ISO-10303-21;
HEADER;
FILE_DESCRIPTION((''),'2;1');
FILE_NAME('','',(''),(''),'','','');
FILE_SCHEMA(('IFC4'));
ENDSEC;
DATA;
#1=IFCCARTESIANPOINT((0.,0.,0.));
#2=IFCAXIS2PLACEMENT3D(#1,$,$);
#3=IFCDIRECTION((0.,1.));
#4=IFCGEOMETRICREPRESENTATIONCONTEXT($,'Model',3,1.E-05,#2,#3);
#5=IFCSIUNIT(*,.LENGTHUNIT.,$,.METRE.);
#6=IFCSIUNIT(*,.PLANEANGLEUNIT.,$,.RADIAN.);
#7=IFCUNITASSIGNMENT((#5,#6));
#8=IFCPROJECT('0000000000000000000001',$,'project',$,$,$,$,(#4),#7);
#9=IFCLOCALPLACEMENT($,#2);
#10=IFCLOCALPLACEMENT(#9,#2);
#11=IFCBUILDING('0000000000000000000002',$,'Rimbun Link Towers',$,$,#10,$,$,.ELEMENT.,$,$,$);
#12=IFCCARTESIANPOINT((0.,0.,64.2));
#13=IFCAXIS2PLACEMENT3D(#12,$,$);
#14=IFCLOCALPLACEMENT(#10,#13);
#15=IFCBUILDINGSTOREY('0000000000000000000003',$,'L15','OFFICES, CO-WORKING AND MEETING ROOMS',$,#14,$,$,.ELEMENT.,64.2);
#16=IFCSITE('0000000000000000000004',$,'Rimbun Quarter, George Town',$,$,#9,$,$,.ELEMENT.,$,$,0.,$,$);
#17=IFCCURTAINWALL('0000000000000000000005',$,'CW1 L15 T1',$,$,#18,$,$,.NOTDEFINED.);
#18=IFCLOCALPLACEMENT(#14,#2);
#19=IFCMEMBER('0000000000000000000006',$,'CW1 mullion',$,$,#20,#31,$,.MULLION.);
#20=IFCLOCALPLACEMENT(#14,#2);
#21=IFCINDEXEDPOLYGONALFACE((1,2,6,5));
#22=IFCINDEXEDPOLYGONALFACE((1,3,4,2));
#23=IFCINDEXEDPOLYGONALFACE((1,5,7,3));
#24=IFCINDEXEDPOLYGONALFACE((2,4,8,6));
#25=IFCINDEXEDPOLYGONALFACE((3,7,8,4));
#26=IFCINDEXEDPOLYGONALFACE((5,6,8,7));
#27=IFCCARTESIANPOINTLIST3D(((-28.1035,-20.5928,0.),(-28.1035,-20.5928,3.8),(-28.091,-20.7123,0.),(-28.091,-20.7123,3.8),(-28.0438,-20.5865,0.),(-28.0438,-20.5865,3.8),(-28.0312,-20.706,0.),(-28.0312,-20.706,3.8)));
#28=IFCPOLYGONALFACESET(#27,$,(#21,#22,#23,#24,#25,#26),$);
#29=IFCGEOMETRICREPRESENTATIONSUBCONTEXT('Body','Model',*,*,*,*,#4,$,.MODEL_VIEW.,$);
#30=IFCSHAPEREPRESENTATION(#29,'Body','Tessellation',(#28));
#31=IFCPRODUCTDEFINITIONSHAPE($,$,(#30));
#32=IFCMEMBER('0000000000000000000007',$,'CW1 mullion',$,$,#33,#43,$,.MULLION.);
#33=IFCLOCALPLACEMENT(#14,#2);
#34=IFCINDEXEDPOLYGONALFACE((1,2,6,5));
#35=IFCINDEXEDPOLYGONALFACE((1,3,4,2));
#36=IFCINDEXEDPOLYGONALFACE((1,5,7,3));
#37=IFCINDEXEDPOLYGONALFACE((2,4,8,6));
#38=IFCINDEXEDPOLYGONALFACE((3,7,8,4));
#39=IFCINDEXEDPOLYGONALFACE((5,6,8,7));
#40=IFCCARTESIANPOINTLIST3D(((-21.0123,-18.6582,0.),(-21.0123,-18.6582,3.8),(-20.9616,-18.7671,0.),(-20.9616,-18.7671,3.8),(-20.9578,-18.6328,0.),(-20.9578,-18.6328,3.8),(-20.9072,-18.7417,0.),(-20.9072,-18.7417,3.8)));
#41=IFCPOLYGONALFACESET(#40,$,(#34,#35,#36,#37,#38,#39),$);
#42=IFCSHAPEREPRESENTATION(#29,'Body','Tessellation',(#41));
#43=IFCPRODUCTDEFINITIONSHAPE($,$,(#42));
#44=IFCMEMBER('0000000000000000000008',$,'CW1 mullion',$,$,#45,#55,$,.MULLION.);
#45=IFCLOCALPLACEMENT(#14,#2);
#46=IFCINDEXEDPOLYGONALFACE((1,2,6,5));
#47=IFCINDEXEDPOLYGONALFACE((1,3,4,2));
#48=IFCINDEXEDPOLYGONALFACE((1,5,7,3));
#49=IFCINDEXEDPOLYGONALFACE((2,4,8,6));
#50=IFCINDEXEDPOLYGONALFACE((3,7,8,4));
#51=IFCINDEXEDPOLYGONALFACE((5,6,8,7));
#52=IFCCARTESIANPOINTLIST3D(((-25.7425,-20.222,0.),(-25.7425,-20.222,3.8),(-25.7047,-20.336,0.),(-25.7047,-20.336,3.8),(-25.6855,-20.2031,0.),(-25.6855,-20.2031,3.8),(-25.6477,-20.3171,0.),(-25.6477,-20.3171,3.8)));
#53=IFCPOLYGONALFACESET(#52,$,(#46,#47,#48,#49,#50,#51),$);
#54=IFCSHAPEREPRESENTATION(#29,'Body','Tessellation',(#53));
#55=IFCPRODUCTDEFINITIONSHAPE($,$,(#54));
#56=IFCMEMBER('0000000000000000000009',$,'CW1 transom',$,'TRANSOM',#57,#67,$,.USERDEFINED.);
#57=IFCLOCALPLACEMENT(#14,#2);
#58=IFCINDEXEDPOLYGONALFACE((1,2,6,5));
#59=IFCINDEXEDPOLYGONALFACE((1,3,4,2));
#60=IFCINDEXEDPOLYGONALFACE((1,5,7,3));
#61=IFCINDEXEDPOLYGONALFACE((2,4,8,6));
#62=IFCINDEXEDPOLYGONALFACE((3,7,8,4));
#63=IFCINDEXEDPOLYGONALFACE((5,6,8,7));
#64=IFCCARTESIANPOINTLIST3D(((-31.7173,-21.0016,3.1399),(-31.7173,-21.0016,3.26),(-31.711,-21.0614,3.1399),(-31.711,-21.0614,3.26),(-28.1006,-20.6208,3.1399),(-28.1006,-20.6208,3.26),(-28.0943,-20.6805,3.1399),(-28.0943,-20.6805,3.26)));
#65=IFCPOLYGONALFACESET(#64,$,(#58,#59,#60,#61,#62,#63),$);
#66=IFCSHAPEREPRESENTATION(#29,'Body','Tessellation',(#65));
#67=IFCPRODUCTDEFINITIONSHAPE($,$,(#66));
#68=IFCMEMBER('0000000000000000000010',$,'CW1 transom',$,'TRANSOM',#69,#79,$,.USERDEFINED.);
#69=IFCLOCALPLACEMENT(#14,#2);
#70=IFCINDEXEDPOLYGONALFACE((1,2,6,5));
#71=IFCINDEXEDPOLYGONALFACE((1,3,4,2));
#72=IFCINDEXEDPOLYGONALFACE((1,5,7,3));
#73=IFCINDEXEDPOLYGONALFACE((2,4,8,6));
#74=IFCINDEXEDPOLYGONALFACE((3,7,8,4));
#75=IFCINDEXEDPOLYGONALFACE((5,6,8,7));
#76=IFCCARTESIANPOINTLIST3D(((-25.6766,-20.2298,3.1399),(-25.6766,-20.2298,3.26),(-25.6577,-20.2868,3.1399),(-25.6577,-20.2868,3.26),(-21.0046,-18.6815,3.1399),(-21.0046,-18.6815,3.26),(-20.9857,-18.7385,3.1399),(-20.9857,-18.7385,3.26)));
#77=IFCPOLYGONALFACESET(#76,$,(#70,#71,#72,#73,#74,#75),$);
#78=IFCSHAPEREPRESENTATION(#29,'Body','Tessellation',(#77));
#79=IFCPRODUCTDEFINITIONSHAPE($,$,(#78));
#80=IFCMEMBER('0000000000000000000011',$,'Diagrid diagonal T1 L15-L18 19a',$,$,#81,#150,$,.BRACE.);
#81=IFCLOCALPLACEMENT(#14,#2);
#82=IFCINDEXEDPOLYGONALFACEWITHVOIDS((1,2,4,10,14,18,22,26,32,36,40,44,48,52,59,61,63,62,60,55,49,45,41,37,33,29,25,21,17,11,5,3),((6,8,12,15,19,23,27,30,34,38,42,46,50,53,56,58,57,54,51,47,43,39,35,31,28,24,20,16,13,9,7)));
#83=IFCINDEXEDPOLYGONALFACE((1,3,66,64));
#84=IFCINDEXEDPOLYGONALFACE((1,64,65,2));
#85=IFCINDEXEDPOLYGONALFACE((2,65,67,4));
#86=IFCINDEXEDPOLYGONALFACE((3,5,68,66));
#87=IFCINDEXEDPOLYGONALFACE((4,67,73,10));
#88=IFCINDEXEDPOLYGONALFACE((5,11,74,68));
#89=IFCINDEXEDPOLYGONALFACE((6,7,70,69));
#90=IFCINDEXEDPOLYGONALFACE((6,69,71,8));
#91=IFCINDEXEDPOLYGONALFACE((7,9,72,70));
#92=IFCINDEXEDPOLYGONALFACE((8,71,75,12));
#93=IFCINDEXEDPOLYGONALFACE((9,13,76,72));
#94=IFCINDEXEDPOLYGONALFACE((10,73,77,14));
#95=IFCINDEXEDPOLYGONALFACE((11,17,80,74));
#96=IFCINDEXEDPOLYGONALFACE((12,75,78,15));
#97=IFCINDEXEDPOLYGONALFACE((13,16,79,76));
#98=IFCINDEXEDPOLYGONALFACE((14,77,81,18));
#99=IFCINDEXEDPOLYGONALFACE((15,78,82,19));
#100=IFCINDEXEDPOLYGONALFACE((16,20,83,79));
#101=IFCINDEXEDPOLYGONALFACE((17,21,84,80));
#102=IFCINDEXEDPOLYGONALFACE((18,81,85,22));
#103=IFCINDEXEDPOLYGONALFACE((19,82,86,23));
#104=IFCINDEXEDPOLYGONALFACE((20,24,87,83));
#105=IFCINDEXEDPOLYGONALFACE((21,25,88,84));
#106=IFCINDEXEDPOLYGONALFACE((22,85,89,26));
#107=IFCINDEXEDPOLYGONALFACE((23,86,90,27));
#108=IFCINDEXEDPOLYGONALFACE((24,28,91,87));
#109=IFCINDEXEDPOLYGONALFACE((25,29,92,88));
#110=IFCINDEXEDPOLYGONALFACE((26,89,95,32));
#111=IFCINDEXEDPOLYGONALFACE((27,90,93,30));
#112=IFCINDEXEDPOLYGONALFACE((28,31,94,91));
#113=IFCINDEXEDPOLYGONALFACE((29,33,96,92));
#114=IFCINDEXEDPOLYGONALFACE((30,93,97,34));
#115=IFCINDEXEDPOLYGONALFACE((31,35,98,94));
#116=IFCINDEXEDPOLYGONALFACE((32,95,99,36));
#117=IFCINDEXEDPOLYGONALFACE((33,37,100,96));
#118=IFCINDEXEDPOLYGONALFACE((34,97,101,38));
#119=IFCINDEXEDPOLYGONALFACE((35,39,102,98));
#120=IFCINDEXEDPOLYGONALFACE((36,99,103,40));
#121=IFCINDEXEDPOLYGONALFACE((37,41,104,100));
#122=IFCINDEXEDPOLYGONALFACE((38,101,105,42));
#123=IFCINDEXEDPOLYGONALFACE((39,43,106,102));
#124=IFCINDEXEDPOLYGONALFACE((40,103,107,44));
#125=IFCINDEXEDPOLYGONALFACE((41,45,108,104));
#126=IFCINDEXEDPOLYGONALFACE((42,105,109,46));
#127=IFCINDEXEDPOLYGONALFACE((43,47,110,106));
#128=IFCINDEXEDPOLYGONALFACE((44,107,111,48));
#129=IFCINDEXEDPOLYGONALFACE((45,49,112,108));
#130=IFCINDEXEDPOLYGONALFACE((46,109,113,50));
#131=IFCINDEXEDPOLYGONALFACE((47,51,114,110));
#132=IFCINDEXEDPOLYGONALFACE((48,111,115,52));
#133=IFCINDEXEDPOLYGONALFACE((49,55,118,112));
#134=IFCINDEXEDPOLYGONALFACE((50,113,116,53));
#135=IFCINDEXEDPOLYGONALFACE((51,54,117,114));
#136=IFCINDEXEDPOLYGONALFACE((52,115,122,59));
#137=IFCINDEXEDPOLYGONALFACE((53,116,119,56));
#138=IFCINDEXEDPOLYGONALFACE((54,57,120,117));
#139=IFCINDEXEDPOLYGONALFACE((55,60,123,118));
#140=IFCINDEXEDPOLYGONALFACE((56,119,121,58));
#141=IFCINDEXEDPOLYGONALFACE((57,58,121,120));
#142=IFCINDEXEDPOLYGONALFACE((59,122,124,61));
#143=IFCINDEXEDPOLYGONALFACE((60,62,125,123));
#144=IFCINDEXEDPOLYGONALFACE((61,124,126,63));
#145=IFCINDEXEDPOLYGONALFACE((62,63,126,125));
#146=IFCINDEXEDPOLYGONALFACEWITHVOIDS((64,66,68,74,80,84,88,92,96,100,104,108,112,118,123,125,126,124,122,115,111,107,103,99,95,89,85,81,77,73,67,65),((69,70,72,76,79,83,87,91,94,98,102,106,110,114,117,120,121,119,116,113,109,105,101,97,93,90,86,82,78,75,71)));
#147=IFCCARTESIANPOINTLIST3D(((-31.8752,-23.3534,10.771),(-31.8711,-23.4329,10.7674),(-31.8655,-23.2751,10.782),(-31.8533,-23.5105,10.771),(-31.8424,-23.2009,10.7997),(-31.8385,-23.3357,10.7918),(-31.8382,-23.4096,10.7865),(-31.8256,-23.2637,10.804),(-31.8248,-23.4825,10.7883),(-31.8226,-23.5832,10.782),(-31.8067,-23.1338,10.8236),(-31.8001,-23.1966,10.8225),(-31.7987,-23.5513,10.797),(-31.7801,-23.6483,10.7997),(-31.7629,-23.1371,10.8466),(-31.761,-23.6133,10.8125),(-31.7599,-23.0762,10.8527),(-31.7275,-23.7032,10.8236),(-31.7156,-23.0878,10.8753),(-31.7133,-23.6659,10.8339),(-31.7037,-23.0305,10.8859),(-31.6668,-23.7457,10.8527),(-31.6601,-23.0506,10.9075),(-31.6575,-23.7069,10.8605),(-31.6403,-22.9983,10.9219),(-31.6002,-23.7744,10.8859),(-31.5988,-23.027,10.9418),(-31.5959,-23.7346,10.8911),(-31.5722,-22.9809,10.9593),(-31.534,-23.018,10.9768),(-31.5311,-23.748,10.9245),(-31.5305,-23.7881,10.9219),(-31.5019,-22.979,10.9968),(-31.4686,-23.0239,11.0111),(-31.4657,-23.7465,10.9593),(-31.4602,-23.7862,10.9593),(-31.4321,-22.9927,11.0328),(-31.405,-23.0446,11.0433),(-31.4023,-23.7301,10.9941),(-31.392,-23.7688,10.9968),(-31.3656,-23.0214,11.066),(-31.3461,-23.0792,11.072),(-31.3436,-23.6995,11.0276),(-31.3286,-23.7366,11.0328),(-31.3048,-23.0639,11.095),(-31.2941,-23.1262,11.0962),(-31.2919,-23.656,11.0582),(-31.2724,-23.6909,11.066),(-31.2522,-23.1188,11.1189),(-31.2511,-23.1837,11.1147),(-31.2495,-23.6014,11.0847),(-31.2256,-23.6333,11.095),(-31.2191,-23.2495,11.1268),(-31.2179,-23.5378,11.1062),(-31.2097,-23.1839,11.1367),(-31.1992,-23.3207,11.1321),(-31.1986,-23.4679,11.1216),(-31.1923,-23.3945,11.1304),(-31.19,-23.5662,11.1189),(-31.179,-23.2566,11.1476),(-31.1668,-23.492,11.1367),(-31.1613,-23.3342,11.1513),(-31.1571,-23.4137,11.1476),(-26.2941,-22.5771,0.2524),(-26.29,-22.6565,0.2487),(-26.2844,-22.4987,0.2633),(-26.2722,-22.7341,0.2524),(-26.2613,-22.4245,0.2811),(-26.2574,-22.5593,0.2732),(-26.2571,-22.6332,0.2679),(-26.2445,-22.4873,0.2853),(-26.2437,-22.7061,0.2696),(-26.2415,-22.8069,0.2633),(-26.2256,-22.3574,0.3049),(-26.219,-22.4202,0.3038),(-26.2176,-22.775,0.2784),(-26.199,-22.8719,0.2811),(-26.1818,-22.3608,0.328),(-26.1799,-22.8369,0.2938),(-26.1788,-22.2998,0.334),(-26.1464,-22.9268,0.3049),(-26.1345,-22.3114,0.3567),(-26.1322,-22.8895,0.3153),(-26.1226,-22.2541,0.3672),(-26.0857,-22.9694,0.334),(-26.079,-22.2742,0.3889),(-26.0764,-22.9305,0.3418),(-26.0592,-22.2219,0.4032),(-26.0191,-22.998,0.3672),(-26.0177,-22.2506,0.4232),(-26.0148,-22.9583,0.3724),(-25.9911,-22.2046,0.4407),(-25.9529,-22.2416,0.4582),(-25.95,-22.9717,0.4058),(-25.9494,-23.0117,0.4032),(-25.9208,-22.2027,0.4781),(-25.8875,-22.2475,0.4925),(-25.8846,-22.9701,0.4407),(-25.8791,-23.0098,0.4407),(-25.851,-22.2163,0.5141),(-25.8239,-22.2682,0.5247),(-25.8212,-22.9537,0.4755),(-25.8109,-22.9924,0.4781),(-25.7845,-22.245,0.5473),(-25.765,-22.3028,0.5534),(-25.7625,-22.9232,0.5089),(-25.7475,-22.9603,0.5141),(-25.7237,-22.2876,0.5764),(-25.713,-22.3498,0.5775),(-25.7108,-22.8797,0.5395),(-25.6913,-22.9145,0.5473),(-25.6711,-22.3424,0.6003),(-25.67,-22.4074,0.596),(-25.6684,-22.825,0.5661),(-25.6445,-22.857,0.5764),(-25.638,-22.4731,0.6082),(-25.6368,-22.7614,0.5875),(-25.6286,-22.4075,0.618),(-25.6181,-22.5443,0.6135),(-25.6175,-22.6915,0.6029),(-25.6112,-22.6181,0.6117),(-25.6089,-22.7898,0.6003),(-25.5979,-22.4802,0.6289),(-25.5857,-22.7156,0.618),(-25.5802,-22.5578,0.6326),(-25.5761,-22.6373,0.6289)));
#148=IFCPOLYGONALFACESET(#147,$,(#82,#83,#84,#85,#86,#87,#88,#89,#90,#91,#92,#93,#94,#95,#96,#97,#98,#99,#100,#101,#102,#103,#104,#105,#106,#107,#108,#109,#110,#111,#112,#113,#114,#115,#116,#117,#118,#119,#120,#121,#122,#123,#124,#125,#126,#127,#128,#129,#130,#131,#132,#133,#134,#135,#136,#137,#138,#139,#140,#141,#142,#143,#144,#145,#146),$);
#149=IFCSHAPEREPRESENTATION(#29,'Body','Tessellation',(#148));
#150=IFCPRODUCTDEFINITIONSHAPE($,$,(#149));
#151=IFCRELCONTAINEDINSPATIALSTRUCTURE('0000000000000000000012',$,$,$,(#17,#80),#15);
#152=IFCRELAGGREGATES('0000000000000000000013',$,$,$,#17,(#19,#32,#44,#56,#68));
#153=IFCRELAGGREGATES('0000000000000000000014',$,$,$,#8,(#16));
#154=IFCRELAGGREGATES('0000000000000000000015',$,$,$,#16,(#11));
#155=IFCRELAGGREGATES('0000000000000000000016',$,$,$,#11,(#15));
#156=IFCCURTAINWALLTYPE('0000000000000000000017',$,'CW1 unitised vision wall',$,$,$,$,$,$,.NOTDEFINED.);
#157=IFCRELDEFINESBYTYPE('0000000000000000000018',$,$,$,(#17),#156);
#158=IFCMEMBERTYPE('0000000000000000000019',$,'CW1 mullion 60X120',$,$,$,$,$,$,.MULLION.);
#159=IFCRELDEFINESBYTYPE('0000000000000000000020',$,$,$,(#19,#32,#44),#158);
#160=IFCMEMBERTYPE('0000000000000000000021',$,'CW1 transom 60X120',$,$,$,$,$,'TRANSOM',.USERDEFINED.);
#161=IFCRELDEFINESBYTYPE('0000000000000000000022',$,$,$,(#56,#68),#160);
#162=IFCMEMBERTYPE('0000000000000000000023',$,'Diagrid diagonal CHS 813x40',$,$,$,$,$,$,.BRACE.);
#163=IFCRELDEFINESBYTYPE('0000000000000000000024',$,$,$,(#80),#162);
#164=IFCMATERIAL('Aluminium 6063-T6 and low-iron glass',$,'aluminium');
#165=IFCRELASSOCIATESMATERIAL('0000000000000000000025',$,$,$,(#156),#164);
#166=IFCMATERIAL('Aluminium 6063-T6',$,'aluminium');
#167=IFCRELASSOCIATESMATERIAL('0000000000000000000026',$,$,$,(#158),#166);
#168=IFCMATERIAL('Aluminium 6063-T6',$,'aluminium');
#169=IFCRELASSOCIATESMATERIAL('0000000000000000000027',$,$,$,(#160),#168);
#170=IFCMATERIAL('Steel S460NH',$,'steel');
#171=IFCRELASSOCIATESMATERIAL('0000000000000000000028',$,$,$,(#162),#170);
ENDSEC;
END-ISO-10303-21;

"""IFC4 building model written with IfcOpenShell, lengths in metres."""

from ifc_helpers import new_model, si_unit, direction, frame, origin, origin_2d, place, context, subcontext, project, spatial, rectangle, hollow_circle, extrude, material, material_profile, profile_set, type_object, element, aggregate, save


model = new_model("IFC4")

# Units and contexts
model_context = context("Model", 3, precision=1e-05, world=origin(), true_north=direction((0.0, 1.0)))
body_context = subcontext(model_context, "Body", "Model", "MODEL_VIEW")
ifc_project = project(units=[si_unit("LENGTHUNIT", "METRE"), si_unit("PLANEANGLEUNIT", "RADIAN")], contexts=[model_context])

# Site, building, storey
site_placement = place(None, origin())
site = spatial("IfcSite", under=ifc_project, at=site_placement, Name="Rimbun Quarter, George Town", CompositionType="ELEMENT", RefElevation=0.0)
building_placement = place(site_placement, origin())
building = spatial("IfcBuilding", under=site, at=building_placement, Name="Rimbun Link Towers", CompositionType="ELEMENT")
storey_placement = place(building_placement, frame((0.0, 0.0, 64.2)))
storey = spatial("IfcBuildingStorey", under=building, at=storey_placement, Name="L15", Description="OFFICES, CO-WORKING AND MEETING ROOMS", CompositionType="ELEMENT", Elevation=64.2)

# Curtain wall, members
ifc_material_1 = material(Name="Aluminium 6063-T6 and low-iron glass", Category="aluminium")
curtain_wall_type = type_object("IfcCurtainWallType", Name="CW1 unitised vision wall", PredefinedType="NOTDEFINED", material=ifc_material_1)
curtain_wall_placement = place(storey_placement, origin())
curtain_wall = element("IfcCurtainWall", 1, at=curtain_wall_placement, inside=storey, type_object=curtain_wall_type, Name="CW1 L15 T1", PredefinedType="NOTDEFINED")
ifc_material_2 = material(Name="Aluminium 6063-T6", Category="aluminium")
ifc_material_profile_1 = material_profile(ifc_material_2, rectangle(XDim=0.1201, YDim=0.0601, at=origin_2d()), Name="MULLION 60X120")
ifc_profile_set_1 = profile_set([ifc_material_profile_1], Name="Aluminium 6063-T6")
member_type_1 = type_object("IfcMemberType", Name="CW1 mullion 60X120", PredefinedType="MULLION", material=ifc_profile_set_1)
member_1_placement = place(storey_placement, frame((-28.0674, -20.6494, 0.0), z_axis=(0.0, 0.0, 1.0), x_axis=(0.104735, -0.9945, 0.0)))
member_1 = element("IfcMember", 2, at=member_1_placement, type_object=member_type_1, Name="CW1 mullion", PredefinedType="MULLION", context=body_context, shape_type="SweptSolid", body=[
    extrude(rectangle(XDim=0.1201, YDim=0.0601, at=origin_2d()), origin(), (0.0, 0.0, 1.0), 3.8),
])
member_2_placement = place(storey_placement, frame((-20.9597, -18.7, 0.0), z_axis=(0.0, 0.0, 1.0), x_axis=(0.421699, -0.906736, 0.0)))
member_2 = element("IfcMember", 3, at=member_2_placement, type_object=member_type_1, Name="CW1 mullion", PredefinedType="MULLION", context=body_context, shape_type="SweptSolid", body=[
    extrude(rectangle(XDim=0.1201, YDim=0.0601, at=origin_2d()), origin(), (0.0, 0.0, 1.0), 3.8),
])
member_3_placement = place(storey_placement, frame((-25.6951, -20.2695, 0.0), z_axis=(0.0, 0.0, 1.0), x_axis=(0.314556, -0.949239, 0.0)))
member_3 = element("IfcMember", 4, at=member_3_placement, type_object=member_type_1, Name="CW1 mullion", PredefinedType="MULLION", context=body_context, shape_type="SweptSolid", body=[
    extrude(rectangle(XDim=0.1201, YDim=0.0601, at=origin_2d()), origin(), (0.0, 0.0, 1.0), 3.8),
])
ifc_material_3 = material(Name="Aluminium 6063-T6", Category="aluminium")
ifc_material_profile_2 = material_profile(ifc_material_3, rectangle(XDim=0.0601, YDim=0.1201, at=origin_2d()), Name="TRANSOM 60X120")
ifc_profile_set_2 = profile_set([ifc_material_profile_2], Name="Aluminium 6063-T6")
member_type_2 = type_object("IfcMemberType", Name="CW1 transom 60X120", ElementType="TRANSOM", PredefinedType="USERDEFINED", material=ifc_profile_set_2)
member_4_placement = place(storey_placement, frame((-28.0974, -20.6506, 3.2), z_axis=(-0.994501, -0.104727, 0.0), x_axis=(0.104727, -0.994501, 0.0)))
member_4 = element("IfcMember", 5, at=member_4_placement, type_object=member_type_2, Name="CW1 transom", ObjectType="TRANSOM", PredefinedType="USERDEFINED", context=body_context, shape_type="SweptSolid", body=[
    extrude(rectangle(XDim=0.0601, YDim=0.1201, at=origin_2d()), origin(), (0.0, 0.0, 1.0), 3.6367),
])
member_5_placement = place(storey_placement, frame((-20.9951, -18.71, 3.2), z_axis=(-0.949232, -0.314576, 0.0), x_axis=(0.314576, -0.949232, 0.0)))
member_5 = element("IfcMember", 6, at=member_5_placement, type_object=member_type_2, Name="CW1 transom", ObjectType="TRANSOM", PredefinedType="USERDEFINED", context=body_context, shape_type="SweptSolid", body=[
    extrude(rectangle(XDim=0.0601, YDim=0.1201, at=origin_2d()), origin(), (0.0, 0.0, 1.0), 4.9219),
])

# Member
ifc_material_4 = material(Name="Steel S460NH", Category="steel")
ifc_material_profile_3 = material_profile(ifc_material_4, hollow_circle(Radius=0.4065, WallThickness=0.04, at=origin_2d()), Name="Diagrid diagonal CHS 813x40")
ifc_profile_set_3 = profile_set([ifc_material_profile_3], Name="Steel S460NH")
member_type_3 = type_object("IfcMemberType", Name="Diagrid diagonal CHS 813x40", PredefinedType="BRACE", material=ifc_profile_set_3)
member_6_placement = place(storey_placement, frame((-25.9351, -22.6072, 0.4407), z_axis=(-0.467708, -0.065062, 0.881485), x_axis=(0.137781, -0.990463, 0.0)))
element("IfcMember", 7, at=member_6_placement, inside=storey, type_object=member_type_3, Name="Diagrid diagonal T1 L15-L18 19a", PredefinedType="BRACE", context=body_context, shape_type="SweptSolid", body=[
    extrude(hollow_circle(Radius=0.4065, WallThickness=0.04, at=origin_2d()), origin(), (0.0, 0.0, 1.0), 11.9329),
])

aggregate(curtain_wall, [member_1, member_2, member_3, member_4, member_5])

save(model, "model.ifc")
